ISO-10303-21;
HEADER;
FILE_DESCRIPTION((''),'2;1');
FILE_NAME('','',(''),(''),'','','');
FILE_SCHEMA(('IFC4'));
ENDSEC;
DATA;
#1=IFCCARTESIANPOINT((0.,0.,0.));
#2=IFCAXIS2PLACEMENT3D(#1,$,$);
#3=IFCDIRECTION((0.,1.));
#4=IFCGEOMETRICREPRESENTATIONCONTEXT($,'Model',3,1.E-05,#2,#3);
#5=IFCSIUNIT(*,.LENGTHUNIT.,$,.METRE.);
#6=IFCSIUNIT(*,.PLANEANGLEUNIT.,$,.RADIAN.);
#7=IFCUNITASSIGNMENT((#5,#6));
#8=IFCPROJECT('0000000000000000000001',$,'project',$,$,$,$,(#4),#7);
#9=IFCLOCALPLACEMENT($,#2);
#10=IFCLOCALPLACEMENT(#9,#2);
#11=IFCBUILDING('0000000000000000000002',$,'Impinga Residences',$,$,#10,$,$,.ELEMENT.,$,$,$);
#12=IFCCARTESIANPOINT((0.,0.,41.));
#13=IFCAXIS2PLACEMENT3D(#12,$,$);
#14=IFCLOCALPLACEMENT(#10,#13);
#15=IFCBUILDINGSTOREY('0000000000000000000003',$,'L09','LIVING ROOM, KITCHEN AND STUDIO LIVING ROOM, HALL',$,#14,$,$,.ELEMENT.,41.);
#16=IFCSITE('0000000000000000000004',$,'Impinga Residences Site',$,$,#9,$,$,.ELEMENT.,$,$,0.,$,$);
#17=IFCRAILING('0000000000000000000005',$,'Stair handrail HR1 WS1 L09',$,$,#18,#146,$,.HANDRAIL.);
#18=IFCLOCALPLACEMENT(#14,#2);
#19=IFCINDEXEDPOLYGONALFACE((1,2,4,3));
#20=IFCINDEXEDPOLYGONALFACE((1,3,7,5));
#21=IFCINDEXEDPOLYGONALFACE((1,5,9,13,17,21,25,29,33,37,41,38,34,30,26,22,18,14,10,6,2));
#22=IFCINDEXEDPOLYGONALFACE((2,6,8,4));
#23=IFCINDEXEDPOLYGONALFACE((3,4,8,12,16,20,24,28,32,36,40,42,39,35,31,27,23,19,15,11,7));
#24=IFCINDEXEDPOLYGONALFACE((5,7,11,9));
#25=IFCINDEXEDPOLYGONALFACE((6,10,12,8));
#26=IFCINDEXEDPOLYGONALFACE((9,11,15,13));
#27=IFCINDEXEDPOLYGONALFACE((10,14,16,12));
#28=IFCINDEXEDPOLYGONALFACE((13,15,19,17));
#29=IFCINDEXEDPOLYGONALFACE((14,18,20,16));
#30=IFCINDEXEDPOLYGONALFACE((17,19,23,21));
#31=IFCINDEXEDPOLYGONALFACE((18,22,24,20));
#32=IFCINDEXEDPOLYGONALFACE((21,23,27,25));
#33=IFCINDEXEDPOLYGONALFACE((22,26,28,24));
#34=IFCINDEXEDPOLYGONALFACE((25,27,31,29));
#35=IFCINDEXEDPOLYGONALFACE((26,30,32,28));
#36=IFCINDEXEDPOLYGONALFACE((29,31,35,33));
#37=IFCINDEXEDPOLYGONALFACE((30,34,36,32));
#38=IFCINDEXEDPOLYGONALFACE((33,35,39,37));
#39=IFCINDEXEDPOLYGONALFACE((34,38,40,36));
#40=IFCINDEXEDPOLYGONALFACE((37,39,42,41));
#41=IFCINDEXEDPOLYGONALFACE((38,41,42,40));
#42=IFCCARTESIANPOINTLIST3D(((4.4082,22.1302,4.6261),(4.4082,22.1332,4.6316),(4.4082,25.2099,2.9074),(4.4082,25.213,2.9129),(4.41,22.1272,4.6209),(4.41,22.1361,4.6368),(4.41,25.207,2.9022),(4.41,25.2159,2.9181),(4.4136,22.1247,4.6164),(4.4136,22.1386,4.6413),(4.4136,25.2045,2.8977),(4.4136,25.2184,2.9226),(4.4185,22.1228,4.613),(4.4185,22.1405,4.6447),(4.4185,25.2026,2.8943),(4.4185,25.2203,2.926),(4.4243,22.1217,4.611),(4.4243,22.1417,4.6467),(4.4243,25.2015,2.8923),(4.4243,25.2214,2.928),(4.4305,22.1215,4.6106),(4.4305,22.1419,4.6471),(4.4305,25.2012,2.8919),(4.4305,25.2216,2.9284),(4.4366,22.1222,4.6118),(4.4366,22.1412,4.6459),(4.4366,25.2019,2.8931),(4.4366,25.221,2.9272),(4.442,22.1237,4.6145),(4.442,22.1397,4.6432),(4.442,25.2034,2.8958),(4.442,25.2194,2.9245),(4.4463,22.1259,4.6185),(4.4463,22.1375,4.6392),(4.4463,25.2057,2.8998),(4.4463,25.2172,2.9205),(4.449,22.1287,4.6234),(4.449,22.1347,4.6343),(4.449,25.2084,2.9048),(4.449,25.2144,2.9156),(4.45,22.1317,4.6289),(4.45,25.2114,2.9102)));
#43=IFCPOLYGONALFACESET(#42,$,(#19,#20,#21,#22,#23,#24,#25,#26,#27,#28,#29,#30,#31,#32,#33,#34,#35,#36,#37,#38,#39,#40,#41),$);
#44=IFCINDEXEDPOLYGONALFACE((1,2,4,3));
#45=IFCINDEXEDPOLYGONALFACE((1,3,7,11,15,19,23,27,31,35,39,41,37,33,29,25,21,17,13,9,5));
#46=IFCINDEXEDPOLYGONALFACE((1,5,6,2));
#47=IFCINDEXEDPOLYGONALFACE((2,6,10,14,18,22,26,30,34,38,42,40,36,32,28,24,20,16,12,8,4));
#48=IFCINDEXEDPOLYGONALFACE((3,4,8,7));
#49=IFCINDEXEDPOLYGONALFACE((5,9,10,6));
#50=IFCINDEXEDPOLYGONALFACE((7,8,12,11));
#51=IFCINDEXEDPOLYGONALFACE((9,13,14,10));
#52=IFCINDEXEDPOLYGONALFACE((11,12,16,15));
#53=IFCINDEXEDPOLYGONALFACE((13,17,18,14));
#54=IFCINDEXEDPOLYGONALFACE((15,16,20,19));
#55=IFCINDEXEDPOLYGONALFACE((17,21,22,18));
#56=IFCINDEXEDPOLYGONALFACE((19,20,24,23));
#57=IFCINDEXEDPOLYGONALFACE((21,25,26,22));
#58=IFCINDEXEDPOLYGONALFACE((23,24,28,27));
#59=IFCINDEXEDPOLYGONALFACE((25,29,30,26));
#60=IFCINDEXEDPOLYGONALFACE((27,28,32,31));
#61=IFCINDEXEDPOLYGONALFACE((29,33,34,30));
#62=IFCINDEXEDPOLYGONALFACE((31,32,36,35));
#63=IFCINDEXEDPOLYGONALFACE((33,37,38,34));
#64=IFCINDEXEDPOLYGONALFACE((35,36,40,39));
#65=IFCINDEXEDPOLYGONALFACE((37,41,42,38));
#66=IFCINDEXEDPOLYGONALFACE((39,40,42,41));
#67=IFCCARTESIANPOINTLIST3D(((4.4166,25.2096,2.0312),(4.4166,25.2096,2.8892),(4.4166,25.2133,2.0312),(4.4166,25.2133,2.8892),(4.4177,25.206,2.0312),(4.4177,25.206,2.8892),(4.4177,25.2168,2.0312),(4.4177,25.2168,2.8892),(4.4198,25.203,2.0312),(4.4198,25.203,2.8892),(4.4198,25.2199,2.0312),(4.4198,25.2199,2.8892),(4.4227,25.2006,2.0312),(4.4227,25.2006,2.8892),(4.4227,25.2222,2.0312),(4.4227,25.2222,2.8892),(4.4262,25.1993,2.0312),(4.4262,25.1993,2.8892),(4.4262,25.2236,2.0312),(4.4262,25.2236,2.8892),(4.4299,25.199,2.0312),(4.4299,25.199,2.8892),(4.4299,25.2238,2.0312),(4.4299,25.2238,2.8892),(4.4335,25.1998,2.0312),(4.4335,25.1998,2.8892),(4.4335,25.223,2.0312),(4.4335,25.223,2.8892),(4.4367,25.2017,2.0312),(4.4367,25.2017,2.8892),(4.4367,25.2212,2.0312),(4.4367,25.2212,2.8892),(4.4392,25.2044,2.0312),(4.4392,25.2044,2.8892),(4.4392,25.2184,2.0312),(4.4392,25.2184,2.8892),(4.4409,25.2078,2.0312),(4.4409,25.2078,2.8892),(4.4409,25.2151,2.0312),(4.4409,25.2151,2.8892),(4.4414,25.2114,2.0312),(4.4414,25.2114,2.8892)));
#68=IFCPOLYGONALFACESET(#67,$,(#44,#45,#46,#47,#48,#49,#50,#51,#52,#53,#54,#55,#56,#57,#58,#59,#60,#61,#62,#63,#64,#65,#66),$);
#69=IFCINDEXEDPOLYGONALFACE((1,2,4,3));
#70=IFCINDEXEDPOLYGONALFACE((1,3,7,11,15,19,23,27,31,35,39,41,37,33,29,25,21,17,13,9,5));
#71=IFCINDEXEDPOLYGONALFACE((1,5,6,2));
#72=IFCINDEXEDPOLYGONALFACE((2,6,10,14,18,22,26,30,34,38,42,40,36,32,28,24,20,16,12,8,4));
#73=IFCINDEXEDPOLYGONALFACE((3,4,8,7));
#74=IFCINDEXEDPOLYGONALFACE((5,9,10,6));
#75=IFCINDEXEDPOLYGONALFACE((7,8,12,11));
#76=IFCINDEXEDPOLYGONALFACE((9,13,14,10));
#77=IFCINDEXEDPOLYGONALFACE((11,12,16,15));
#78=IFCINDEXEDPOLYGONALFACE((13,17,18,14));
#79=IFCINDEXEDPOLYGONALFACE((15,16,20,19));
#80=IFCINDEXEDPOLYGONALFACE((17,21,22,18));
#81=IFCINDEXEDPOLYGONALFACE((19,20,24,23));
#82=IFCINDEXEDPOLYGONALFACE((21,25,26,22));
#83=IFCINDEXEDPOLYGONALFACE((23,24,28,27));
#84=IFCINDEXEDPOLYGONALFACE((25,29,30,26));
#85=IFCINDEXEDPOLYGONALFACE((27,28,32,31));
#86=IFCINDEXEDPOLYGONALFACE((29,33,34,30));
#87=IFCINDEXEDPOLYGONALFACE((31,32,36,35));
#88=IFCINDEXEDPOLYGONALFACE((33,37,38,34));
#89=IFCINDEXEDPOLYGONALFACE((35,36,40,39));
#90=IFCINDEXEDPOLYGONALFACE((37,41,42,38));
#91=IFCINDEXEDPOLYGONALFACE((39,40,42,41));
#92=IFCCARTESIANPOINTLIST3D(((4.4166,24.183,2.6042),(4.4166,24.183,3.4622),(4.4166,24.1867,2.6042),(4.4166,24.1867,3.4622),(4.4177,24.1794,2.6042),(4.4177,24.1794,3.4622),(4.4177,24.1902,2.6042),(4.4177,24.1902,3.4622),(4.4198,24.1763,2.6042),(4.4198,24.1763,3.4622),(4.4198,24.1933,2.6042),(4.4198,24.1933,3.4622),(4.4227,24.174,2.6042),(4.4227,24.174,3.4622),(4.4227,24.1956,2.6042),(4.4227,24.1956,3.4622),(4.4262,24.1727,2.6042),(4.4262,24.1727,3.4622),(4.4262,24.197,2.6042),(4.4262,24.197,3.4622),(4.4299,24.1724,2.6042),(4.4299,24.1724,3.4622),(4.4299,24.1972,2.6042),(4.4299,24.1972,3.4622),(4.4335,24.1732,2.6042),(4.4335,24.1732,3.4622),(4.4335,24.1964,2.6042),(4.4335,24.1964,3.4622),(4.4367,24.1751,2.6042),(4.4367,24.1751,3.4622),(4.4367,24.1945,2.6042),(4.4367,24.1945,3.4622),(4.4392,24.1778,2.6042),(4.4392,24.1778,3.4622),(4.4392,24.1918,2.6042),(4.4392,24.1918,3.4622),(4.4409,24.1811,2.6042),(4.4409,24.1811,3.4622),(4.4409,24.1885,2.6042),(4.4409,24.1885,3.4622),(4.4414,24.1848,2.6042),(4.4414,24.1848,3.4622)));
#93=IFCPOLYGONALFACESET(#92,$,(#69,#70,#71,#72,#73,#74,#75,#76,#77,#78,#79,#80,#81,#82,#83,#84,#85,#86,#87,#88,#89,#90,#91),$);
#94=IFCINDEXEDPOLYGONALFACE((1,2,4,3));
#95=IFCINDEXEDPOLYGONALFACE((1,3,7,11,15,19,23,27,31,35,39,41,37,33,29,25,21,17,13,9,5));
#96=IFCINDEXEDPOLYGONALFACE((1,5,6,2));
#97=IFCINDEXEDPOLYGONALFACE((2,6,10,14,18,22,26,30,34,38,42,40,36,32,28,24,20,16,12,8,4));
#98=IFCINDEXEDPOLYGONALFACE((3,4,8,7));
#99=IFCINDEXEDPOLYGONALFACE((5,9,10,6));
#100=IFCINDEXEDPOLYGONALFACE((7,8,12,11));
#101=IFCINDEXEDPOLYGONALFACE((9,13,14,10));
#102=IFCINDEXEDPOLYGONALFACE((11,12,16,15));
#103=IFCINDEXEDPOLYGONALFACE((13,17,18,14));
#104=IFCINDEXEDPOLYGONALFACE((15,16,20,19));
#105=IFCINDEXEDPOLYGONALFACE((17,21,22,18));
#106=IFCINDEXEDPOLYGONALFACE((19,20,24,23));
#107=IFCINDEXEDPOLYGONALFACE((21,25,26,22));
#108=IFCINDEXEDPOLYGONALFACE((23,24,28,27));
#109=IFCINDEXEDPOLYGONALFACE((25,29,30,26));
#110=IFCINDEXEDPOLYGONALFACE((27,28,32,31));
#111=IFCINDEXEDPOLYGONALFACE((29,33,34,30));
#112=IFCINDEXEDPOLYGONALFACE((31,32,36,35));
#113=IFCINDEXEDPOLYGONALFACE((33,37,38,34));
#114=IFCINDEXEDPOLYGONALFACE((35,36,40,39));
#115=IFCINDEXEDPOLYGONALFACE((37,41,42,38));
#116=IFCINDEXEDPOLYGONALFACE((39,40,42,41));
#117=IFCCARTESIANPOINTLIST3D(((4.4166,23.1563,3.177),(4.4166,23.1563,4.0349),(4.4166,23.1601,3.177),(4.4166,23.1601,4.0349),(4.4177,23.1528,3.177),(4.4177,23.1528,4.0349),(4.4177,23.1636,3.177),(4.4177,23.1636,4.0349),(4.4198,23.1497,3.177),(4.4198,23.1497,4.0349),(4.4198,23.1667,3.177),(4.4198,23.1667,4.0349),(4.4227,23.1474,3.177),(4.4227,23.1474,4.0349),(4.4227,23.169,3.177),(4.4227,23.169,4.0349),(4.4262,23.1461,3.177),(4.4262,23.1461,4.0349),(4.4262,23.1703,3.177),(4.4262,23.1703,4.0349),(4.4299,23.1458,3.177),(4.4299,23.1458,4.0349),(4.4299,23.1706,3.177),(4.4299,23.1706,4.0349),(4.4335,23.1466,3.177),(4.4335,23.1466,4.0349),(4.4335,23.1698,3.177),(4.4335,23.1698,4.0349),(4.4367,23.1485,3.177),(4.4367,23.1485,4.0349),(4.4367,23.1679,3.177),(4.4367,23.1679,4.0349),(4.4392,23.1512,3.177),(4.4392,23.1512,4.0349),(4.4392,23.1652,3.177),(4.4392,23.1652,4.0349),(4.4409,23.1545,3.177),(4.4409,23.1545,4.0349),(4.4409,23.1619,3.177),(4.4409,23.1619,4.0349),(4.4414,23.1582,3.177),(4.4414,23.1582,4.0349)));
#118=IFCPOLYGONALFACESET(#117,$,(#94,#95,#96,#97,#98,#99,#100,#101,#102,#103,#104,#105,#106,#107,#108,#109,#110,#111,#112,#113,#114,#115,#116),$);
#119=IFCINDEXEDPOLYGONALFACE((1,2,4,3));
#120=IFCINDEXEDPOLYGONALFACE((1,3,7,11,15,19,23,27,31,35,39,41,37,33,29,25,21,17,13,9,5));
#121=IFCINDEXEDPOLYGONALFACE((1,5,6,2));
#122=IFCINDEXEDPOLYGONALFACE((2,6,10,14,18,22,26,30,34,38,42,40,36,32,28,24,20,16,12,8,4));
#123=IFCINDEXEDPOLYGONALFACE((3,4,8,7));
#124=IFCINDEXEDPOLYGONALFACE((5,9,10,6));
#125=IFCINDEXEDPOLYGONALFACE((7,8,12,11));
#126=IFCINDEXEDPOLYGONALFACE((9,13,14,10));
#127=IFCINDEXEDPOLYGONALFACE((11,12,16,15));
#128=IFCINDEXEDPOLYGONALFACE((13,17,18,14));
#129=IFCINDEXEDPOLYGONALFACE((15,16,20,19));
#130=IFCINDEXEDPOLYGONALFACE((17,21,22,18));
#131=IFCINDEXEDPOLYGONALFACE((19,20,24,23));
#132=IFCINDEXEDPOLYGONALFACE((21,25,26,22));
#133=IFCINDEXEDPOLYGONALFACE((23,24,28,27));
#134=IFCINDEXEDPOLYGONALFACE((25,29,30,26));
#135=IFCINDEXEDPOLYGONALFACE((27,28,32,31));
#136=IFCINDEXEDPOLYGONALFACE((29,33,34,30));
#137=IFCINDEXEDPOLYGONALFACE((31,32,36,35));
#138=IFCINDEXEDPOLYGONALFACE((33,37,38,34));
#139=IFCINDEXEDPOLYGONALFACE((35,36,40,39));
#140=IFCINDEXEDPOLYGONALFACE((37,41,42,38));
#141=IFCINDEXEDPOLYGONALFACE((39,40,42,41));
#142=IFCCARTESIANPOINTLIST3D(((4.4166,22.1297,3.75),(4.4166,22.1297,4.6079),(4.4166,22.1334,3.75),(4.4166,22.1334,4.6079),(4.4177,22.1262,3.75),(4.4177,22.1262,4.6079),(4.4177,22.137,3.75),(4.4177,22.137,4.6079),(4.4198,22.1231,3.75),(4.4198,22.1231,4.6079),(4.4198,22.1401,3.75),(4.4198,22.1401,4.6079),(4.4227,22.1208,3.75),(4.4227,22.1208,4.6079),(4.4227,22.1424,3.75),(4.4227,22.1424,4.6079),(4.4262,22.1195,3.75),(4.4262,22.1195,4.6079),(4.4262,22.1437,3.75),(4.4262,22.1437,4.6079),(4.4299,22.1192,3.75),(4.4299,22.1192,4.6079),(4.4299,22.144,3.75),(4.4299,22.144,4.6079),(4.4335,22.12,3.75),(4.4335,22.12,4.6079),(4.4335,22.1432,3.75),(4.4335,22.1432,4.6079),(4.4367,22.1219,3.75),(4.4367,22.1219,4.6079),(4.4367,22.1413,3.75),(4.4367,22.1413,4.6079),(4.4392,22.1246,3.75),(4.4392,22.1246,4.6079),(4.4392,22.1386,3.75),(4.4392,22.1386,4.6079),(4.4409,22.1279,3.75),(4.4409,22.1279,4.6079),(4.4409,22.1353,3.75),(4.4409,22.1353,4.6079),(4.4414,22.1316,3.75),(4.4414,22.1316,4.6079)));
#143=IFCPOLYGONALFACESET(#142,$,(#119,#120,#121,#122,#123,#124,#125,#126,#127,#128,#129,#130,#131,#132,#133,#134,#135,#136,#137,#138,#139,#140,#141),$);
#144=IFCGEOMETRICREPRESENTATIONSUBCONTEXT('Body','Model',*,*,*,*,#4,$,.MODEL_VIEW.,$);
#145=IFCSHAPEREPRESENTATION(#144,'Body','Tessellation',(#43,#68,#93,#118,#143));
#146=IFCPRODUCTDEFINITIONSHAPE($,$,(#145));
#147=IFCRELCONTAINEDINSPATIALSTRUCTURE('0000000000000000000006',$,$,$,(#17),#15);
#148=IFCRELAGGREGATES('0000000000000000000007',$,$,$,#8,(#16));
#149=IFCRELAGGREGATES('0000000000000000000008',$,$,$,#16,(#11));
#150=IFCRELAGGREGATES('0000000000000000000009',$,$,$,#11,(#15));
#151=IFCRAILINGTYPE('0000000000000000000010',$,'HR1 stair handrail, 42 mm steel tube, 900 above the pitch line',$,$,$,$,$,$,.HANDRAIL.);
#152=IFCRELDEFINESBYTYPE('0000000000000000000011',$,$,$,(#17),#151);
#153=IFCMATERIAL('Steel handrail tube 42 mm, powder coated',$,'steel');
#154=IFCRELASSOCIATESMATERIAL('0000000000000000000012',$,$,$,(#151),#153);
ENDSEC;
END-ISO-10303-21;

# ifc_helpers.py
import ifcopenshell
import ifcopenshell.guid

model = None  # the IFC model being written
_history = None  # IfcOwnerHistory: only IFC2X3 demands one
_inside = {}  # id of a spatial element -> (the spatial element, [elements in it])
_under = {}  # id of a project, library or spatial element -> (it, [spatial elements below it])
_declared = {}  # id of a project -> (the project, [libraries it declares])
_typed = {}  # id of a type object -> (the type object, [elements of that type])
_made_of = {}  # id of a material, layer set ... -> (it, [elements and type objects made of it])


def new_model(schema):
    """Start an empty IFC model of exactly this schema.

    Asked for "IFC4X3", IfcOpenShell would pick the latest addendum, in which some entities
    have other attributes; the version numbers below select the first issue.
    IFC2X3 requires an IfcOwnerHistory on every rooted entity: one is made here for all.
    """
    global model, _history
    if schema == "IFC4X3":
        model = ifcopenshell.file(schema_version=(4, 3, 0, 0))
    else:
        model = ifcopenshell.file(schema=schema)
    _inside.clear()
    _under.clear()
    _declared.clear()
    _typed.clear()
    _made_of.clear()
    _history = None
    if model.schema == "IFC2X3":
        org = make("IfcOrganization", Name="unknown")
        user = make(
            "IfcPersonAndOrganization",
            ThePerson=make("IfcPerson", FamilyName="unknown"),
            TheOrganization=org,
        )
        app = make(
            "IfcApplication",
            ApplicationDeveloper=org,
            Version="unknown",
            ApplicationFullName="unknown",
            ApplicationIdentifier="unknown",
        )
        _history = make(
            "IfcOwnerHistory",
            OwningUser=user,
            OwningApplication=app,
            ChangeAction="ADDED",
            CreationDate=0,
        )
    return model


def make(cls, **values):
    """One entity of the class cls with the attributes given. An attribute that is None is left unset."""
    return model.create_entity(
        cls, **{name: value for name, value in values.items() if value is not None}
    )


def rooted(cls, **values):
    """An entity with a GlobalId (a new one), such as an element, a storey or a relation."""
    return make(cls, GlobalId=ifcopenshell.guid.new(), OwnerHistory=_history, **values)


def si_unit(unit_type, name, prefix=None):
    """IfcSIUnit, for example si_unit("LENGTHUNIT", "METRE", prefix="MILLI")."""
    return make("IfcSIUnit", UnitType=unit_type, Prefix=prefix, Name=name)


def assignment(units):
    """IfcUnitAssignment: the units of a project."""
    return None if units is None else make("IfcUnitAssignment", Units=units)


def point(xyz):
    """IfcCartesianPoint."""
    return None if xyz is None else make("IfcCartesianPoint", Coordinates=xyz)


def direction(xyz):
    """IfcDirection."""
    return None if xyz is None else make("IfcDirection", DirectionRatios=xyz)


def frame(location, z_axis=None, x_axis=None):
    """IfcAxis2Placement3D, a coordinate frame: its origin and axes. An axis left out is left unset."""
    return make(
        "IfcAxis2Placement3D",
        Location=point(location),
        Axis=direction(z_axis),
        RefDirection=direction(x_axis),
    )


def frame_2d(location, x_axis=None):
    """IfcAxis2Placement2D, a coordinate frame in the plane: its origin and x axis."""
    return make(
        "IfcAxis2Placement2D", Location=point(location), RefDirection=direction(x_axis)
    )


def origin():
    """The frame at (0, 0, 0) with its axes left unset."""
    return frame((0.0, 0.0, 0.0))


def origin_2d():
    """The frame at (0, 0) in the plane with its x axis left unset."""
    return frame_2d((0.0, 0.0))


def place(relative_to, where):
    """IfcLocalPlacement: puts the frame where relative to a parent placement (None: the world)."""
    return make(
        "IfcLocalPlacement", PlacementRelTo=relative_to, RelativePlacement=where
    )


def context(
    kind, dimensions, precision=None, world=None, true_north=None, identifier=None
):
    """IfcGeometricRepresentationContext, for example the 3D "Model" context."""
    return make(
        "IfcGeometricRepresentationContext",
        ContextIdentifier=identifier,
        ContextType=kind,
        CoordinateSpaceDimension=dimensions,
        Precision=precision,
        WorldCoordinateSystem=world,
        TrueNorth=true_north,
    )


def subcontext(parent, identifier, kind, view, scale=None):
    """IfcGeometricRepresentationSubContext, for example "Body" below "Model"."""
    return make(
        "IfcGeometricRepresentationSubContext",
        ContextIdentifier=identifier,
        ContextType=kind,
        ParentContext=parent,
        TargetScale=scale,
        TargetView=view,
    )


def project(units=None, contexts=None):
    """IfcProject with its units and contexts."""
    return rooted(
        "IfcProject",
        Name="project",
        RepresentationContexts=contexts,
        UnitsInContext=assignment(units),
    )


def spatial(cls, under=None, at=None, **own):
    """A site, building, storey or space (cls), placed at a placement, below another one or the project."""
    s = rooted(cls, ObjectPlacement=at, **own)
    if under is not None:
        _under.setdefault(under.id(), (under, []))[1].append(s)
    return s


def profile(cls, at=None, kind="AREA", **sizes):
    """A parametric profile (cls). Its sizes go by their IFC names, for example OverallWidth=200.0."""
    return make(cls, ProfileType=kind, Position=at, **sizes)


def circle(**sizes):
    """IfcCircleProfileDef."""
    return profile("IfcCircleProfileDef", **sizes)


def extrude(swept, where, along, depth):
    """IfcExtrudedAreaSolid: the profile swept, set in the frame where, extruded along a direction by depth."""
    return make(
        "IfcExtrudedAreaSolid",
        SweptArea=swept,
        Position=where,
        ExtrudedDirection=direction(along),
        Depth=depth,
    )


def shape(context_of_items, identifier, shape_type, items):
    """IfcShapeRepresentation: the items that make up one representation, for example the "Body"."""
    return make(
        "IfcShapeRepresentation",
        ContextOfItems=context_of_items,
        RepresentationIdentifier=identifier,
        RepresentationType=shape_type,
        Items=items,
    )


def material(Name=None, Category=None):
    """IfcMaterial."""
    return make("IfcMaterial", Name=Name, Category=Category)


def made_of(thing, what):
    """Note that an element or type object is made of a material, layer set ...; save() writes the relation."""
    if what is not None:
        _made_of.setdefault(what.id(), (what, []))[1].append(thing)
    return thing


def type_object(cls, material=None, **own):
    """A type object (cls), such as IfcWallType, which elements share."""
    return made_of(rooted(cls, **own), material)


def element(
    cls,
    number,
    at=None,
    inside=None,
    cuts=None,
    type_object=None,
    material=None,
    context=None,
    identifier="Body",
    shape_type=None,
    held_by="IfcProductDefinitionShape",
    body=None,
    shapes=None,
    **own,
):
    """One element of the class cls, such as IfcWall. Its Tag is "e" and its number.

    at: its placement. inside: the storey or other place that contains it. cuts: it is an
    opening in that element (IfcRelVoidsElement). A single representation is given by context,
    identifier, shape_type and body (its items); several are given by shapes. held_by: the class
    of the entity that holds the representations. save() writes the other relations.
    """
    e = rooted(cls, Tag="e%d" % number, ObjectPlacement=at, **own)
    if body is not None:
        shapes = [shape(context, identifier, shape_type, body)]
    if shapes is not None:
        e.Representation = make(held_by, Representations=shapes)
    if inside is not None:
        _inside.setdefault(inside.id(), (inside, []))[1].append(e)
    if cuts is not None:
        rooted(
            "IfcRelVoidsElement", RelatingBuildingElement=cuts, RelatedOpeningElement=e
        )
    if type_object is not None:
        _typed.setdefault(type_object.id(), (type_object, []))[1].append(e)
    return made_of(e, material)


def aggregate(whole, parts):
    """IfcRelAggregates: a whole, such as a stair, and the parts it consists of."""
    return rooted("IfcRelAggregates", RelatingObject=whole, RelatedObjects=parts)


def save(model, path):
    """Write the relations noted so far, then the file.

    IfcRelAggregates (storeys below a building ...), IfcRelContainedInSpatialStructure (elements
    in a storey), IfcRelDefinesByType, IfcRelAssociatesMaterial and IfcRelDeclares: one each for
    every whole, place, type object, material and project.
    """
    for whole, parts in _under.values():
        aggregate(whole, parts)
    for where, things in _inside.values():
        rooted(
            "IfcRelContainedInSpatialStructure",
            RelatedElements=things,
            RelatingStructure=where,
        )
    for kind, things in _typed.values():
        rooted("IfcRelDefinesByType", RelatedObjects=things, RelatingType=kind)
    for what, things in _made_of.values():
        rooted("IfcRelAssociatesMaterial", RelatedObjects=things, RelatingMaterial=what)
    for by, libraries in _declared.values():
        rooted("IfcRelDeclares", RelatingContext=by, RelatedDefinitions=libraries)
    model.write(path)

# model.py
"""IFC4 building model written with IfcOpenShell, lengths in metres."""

from ifc_helpers import new_model, si_unit, direction, frame, origin, origin_2d, place, context, subcontext, project, spatial, circle, extrude, material, type_object, element, save


model = new_model("IFC4")

# Units and contexts
model_context = context("Model", 3, precision=1e-05, world=origin(), true_north=direction((0.0, 1.0)))
body_context = subcontext(model_context, "Body", "Model", "MODEL_VIEW")
ifc_project = project(units=[si_unit("LENGTHUNIT", "METRE"), si_unit("PLANEANGLEUNIT", "RADIAN")], contexts=[model_context])

# Site, building, storey
site_placement = place(None, origin())
site = spatial("IfcSite", under=ifc_project, at=site_placement, Name="Impinga Residences Site", CompositionType="ELEMENT", RefElevation=0.0)
building_placement = place(site_placement, origin())
building = spatial("IfcBuilding", under=site, at=building_placement, Name="Impinga Residences", CompositionType="ELEMENT")
storey_placement = place(building_placement, frame((0.0, 0.0, 41.0)))
storey = spatial("IfcBuildingStorey", under=building, at=storey_placement, Name="L09", Description="LIVING ROOM, KITCHEN AND STUDIO LIVING ROOM, HALL", CompositionType="ELEMENT", Elevation=41.0)

# Railing
ifc_material_1 = material(Name="Steel handrail tube 42 mm, powder coated", Category="steel")
railing_type_1 = type_object("IfcRailingType", Name="HR1 stair handrail, 42 mm steel tube, 900 above the pitch line", PredefinedType="HANDRAIL", material=ifc_material_1)
railing_1_placement = place(storey_placement, frame((4.429, 25.2114, 2.0312)))
element("IfcRailing", 1, at=railing_1_placement, inside=storey, type_object=railing_type_1, Name="Stair handrail HR1 WS1 L09", PredefinedType="HANDRAIL", context=body_context, shape_type="SweptSolid", body=[
    extrude(circle(Radius=0.021, at=origin_2d()), frame((0.0, 0.0, 0.8789), z_axis=(0.0, -0.873225, 0.487317), x_axis=(1.0, 0.0, 0.0)), (0.0, 0.0, 1.0), 3.5269),
    extrude(circle(Radius=0.0125, at=origin_2d()), origin(), (0.0, 0.0, 1.0), 0.8579),
    extrude(circle(Radius=0.0125, at=origin_2d()), frame((0.0, -1.0266, 0.573)), (0.0, 0.0, 1.0), 0.8579),
    extrude(circle(Radius=0.0125, at=origin_2d()), frame((0.0, -2.0532, 1.1458)), (0.0, 0.0, 1.0), 0.8579),
    extrude(circle(Radius=0.0125, at=origin_2d()), frame((0.0, -3.0798, 1.7188)), (0.0, 0.0, 1.0), 0.8579),
])

save(model, "model.ifc")
